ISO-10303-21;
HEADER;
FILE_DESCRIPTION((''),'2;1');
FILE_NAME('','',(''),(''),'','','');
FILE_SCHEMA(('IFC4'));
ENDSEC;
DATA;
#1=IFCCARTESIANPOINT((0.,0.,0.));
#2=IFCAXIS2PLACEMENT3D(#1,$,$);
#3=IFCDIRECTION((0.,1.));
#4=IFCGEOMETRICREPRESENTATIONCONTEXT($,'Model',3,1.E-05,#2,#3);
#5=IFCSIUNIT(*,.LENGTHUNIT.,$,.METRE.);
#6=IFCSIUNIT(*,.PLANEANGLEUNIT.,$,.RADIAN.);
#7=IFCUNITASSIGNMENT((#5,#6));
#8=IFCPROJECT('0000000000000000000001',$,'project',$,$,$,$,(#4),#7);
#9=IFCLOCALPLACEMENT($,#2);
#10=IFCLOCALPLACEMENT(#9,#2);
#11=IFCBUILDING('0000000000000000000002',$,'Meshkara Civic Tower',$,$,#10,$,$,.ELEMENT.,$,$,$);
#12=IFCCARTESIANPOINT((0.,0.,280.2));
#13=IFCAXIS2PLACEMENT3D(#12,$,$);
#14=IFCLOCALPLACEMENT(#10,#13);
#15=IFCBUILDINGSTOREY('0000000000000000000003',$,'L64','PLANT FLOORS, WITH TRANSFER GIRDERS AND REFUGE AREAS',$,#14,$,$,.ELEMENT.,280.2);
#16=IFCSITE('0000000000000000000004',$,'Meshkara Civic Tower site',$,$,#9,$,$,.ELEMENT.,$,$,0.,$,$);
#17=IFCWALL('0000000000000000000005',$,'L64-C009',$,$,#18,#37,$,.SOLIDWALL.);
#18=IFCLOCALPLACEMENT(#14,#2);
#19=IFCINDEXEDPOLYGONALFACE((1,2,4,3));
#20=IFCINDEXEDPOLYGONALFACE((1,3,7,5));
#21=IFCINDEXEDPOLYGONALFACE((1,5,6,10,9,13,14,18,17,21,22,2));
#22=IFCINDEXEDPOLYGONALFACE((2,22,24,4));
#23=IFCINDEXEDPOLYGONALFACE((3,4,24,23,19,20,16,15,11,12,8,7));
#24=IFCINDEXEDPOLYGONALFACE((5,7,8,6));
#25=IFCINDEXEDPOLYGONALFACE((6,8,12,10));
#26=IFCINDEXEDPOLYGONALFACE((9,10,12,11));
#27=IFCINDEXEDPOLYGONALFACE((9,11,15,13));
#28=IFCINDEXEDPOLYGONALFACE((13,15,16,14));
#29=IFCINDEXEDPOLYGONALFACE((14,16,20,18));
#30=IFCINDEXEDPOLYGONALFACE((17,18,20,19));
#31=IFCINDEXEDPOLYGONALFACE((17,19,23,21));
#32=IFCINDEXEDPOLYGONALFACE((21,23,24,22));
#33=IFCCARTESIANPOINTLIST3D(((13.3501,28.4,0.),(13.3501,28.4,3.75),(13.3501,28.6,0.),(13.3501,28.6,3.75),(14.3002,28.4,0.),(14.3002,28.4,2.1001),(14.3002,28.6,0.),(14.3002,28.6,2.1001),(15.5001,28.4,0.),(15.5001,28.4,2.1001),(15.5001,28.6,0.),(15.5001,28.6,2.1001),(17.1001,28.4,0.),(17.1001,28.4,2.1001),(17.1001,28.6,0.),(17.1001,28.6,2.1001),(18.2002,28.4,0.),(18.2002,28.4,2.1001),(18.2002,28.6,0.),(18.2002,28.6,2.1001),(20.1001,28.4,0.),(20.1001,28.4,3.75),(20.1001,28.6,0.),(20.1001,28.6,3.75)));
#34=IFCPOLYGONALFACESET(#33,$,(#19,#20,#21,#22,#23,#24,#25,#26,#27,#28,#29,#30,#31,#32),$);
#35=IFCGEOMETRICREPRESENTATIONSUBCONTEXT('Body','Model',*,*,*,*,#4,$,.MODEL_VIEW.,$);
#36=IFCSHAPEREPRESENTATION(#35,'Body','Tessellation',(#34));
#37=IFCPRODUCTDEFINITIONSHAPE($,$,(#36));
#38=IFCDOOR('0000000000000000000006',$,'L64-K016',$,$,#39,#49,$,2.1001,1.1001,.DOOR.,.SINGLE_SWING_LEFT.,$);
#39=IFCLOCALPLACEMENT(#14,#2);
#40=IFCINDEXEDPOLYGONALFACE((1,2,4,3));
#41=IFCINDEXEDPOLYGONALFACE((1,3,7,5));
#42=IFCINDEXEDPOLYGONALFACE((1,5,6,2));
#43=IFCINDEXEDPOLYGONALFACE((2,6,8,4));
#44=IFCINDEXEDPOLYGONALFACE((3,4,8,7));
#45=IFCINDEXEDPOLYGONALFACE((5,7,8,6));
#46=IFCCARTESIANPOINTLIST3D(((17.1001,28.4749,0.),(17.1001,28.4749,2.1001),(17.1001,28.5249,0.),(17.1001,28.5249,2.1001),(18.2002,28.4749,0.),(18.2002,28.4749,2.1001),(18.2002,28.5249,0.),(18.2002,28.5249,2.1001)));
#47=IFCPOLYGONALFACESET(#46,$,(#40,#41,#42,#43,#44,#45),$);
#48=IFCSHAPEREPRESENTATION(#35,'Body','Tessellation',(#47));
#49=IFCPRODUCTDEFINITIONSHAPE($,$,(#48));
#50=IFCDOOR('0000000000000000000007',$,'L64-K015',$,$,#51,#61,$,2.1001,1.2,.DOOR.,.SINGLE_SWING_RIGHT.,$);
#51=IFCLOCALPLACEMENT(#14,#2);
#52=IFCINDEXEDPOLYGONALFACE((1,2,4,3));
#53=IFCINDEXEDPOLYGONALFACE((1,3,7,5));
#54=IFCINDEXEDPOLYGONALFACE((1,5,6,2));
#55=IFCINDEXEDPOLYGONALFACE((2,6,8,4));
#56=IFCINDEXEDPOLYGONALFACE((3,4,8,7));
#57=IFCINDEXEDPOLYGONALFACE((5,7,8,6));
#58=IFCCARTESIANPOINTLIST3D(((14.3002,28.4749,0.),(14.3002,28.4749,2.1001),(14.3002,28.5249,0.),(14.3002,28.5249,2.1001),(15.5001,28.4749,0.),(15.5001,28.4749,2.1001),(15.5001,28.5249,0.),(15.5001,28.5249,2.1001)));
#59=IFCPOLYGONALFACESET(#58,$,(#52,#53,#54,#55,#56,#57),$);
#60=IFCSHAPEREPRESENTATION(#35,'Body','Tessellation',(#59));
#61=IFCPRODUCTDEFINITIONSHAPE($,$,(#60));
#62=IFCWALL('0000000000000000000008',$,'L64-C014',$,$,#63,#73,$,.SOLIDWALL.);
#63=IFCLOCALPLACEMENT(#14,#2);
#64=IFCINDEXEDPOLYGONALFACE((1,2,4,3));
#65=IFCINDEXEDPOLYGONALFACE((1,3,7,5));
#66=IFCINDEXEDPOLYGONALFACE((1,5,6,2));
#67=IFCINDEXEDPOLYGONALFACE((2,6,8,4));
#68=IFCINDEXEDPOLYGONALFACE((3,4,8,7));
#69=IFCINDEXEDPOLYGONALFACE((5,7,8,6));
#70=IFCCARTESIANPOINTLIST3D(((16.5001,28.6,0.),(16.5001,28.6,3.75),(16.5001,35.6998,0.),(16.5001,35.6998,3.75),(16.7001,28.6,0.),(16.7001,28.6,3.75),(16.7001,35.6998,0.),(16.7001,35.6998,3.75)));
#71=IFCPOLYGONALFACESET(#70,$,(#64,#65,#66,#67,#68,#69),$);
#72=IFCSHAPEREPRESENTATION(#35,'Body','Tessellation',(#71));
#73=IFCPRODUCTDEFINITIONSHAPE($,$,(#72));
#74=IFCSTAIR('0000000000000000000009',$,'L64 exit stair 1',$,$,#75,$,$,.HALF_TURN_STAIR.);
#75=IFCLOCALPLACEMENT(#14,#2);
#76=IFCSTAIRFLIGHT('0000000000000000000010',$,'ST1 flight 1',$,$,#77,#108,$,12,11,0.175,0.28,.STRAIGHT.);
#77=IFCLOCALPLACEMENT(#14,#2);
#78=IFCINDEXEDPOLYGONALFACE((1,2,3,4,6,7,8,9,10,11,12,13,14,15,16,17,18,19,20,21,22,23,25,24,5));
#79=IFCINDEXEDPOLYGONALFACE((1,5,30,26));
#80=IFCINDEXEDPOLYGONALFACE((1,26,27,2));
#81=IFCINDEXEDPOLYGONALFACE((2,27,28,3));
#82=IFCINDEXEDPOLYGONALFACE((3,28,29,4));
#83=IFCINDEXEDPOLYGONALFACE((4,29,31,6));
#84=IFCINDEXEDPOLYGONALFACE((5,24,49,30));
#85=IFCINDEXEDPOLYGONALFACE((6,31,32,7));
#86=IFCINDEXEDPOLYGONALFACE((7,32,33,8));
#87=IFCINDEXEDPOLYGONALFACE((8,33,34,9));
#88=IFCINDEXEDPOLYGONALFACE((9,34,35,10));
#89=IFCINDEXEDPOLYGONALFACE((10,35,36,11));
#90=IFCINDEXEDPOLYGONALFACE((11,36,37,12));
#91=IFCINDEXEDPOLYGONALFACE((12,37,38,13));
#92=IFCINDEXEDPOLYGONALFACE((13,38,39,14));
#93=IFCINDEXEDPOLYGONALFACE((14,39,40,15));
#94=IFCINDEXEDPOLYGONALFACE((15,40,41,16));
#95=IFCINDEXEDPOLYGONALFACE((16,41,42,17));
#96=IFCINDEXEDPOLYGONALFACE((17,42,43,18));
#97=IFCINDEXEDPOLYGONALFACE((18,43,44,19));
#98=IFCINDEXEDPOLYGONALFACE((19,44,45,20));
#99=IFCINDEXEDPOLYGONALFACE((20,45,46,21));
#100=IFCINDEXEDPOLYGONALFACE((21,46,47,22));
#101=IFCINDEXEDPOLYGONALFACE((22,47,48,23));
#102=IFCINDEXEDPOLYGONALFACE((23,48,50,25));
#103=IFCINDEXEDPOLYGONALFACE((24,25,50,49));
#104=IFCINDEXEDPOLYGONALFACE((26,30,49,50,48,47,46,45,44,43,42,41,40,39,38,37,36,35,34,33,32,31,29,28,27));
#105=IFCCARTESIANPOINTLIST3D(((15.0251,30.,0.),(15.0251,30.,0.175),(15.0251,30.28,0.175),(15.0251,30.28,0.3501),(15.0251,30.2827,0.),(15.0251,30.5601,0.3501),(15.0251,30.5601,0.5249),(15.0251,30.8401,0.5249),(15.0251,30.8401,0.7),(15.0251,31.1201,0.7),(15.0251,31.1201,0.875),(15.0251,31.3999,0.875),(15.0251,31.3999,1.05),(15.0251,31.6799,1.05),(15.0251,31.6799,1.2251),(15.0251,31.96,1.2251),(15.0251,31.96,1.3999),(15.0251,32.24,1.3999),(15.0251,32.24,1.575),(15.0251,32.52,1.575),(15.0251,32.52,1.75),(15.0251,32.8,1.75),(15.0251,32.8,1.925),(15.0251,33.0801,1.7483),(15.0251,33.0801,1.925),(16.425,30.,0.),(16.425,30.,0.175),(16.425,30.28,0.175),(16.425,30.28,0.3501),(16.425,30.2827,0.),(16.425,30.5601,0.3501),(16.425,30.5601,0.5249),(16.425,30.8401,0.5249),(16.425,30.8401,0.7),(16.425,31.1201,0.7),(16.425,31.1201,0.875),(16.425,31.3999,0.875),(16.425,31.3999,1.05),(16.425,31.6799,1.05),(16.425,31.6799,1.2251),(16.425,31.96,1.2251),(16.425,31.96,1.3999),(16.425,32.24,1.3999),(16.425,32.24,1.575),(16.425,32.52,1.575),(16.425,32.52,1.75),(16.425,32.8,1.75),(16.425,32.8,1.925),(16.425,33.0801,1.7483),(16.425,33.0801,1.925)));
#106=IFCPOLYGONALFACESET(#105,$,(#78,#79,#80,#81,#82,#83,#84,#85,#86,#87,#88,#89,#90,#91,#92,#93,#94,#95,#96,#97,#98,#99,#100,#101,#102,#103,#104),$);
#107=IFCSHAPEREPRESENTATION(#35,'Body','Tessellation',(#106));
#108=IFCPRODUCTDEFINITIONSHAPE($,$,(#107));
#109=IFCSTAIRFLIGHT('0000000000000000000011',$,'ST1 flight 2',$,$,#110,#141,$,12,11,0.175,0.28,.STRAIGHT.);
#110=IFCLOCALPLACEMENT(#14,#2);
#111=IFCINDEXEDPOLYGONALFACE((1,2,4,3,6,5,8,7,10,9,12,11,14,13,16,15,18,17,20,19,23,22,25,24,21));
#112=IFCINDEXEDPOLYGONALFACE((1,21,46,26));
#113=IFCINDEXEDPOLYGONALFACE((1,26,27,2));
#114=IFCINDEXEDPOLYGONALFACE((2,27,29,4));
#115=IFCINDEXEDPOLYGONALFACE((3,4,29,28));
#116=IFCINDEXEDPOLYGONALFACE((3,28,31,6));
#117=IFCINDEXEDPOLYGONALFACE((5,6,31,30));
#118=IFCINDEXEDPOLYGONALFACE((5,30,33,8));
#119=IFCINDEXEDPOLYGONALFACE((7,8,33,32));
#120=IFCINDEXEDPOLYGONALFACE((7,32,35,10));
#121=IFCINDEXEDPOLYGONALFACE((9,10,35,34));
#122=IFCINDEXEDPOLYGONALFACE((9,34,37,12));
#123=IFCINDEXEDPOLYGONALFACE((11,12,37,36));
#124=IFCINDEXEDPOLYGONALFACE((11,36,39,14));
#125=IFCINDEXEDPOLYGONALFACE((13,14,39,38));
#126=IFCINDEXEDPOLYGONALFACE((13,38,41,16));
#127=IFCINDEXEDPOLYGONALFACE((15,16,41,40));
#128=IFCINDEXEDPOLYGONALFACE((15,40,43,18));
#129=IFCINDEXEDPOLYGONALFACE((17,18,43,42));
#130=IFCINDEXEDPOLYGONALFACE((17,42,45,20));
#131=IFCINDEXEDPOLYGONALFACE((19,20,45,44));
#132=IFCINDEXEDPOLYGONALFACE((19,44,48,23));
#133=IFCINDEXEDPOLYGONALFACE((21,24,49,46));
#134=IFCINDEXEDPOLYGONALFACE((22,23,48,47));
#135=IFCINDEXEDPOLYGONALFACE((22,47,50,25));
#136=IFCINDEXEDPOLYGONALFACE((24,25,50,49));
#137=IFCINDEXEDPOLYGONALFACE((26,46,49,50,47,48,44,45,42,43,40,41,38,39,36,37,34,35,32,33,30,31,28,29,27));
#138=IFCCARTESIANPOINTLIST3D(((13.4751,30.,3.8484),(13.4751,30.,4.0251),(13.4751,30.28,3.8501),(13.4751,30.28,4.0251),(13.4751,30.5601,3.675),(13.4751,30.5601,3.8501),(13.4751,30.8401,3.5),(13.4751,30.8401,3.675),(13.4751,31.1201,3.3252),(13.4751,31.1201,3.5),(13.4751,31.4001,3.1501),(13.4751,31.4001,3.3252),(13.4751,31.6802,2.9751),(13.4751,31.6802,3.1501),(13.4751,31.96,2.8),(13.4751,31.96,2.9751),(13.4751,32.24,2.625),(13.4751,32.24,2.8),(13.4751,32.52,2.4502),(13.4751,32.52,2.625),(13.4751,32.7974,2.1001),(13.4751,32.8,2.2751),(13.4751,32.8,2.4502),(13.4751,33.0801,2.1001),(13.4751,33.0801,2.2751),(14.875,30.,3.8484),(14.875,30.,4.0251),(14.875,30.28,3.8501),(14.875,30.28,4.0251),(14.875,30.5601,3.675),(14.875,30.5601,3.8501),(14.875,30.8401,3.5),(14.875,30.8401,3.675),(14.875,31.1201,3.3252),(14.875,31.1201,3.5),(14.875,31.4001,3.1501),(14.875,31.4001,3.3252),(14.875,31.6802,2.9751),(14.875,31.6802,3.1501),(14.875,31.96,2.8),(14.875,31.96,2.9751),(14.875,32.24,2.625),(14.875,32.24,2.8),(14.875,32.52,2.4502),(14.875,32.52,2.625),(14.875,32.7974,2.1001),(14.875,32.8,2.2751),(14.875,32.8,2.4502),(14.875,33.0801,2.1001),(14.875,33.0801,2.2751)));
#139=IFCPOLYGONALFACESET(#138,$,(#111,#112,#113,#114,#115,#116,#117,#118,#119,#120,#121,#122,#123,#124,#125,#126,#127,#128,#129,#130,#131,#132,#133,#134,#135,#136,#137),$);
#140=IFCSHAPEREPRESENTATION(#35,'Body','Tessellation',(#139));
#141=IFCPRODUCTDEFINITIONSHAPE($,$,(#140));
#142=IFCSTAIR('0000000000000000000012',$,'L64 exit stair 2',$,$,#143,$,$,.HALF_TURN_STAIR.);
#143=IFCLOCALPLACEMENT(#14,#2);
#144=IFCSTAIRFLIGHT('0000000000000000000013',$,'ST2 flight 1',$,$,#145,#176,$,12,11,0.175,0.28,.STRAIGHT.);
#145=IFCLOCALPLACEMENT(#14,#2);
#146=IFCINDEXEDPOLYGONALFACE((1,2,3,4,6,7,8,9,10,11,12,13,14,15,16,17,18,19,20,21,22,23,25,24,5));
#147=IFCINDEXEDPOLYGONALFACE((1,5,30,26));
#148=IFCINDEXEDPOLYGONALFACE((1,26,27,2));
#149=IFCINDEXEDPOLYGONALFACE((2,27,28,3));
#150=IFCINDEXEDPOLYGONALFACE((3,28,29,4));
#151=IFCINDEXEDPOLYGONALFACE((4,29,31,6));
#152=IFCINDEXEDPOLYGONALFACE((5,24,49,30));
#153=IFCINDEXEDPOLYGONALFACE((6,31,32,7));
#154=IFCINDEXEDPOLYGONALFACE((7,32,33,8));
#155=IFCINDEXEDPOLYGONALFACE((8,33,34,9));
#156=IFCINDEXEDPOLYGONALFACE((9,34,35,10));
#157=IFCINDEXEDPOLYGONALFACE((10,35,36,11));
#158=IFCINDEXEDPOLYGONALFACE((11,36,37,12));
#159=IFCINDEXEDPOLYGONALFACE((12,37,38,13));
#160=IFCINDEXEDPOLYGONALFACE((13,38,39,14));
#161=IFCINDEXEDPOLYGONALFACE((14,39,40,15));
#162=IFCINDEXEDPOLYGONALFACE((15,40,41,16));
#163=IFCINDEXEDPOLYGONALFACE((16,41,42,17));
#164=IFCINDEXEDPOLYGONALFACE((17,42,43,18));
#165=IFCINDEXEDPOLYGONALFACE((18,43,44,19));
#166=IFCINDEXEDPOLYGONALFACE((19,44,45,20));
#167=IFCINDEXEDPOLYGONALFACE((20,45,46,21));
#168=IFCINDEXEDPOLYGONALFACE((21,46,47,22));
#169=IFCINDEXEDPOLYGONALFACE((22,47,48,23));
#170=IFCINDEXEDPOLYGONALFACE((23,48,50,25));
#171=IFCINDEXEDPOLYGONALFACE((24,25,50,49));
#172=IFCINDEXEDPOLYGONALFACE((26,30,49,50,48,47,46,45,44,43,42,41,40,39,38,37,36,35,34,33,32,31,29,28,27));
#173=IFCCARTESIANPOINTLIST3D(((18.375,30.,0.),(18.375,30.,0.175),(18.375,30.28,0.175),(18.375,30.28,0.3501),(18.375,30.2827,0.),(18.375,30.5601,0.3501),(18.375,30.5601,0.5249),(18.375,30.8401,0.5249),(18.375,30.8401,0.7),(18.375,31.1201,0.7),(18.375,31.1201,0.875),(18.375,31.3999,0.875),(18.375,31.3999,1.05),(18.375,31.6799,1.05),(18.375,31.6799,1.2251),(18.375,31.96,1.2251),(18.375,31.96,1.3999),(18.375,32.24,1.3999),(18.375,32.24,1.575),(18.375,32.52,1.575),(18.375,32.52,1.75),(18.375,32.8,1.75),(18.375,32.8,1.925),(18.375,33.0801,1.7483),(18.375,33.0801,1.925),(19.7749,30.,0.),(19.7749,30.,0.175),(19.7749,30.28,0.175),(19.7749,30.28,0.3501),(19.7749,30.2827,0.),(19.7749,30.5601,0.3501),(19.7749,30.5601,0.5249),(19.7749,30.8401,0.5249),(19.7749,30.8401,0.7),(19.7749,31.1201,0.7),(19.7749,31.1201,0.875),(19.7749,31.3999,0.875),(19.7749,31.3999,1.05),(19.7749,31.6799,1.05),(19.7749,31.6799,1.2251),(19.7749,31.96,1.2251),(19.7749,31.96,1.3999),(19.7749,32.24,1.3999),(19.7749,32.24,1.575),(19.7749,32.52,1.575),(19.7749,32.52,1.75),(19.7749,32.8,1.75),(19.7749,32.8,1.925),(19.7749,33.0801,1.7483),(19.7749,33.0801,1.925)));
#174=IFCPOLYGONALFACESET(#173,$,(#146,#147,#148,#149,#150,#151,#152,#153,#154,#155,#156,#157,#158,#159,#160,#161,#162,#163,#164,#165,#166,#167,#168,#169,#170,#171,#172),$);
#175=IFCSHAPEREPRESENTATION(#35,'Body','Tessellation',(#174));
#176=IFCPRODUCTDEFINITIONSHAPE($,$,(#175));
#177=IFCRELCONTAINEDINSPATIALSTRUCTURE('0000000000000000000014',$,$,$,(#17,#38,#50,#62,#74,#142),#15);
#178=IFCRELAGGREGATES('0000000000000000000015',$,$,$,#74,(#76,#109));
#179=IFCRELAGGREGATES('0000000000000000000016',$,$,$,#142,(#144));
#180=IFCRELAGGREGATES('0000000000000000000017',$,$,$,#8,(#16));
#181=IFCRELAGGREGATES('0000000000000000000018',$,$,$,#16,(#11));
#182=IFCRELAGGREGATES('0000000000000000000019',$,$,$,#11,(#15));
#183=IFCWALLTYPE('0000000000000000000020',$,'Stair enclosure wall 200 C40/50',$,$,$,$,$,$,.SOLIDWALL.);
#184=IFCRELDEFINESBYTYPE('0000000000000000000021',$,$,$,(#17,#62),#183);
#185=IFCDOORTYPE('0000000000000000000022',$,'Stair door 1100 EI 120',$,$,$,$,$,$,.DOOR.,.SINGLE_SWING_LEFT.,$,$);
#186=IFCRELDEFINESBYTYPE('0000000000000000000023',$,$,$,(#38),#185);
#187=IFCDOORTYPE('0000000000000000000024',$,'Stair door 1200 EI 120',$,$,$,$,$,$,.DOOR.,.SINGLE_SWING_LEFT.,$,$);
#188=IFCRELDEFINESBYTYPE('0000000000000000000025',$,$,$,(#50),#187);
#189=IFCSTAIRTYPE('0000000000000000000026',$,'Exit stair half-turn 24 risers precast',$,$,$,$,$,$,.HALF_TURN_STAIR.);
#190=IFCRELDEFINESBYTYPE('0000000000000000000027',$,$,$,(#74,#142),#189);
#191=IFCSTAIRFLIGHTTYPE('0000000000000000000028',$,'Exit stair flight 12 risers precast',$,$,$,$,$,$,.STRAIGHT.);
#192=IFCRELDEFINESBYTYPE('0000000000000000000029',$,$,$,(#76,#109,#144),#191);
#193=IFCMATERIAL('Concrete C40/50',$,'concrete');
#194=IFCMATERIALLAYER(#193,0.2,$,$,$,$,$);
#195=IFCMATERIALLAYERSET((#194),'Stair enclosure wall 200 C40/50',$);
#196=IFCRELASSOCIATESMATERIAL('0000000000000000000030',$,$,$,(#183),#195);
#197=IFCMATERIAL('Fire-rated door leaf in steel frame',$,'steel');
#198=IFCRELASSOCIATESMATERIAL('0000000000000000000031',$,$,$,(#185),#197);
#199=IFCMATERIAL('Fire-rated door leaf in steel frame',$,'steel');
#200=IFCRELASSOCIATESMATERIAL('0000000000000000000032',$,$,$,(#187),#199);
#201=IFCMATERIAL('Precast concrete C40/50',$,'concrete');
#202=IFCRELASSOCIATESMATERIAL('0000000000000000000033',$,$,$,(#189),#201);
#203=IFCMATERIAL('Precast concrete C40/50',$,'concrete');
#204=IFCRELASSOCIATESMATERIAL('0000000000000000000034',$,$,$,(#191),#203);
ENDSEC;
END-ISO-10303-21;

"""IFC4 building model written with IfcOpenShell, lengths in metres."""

from ifc_helpers import new_model, si_unit, direction, frame, frame_2d, origin, place, context, subcontext, project, spatial, polyline, rectangle, outline, extrude, material, layer, layer_set, type_object, element, fill, aggregate, save


model = new_model("IFC4")

# Units and contexts
model_context = context("Model", 3, precision=1e-05, world=origin(), true_north=direction((0.0, 1.0)))
body_context = subcontext(model_context, "Body", "Model", "MODEL_VIEW")
ifc_project = project(units=[si_unit("LENGTHUNIT", "METRE"), si_unit("PLANEANGLEUNIT", "RADIAN")], contexts=[model_context])

# Site, building, storey
site_placement = place(None, origin())
site = spatial("IfcSite", under=ifc_project, at=site_placement, Name="Meshkara Civic Tower site", CompositionType="ELEMENT", RefElevation=0.0)
building_placement = place(site_placement, origin())
building = spatial("IfcBuilding", under=site, at=building_placement, Name="Meshkara Civic Tower", CompositionType="ELEMENT")
storey_placement = place(building_placement, frame((0.0, 0.0, 280.2)))
storey = spatial("IfcBuildingStorey", under=building, at=storey_placement, Name="L64", Description="PLANT FLOORS, WITH TRANSFER GIRDERS AND REFUGE AREAS", CompositionType="ELEMENT", Elevation=280.2)

# Wall, openings, doors
ifc_material_1 = material(Name="Concrete C40/50", Category="concrete")
ifc_layer_1 = layer(ifc_material_1, 0.2)
ifc_layer_set_1 = layer_set([ifc_layer_1], Name="Stair enclosure wall 200 C40/50")
wall_type_1 = type_object("IfcWallType", Name="Stair enclosure wall 200 C40/50", PredefinedType="SOLIDWALL", material=ifc_layer_set_1)
wall_1_placement = place(storey_placement, frame((13.3501, 28.5, 0.0), z_axis=(0.0, 0.0, 1.0), x_axis=(1.0, 0.0, 0.0)))
wall_1 = element("IfcWall", 1, at=wall_1_placement, inside=storey, type_object=wall_type_1, Name="L64-C009", PredefinedType="SOLIDWALL", context=body_context, shape_type="SweptSolid", body=[
    extrude(rectangle(XDim=6.75, YDim=0.2, at=frame_2d((3.375, 0.0))), origin(), (0.0, 0.0, 1.0), 3.75),
])
opening_1_placement = place(wall_1_placement, frame((0.95, 0.0, 0.0)))
opening_1 = element("IfcOpeningElement", 2, at=opening_1_placement, cuts=wall_1, PredefinedType="OPENING", context=body_context, shape_type="SweptSolid", body=[
    extrude(rectangle(XDim=1.2, YDim=2.1001, at=frame_2d((0.6001, 1.05))), frame((0.0, 0.1099, 0.0), z_axis=(0.0, -1.0, 0.0), x_axis=(1.0, 0.0, 0.0)), (0.0, 0.0, 1.0), 0.22),
])
opening_2_placement = place(wall_1_placement, frame((3.75, 0.0, 0.0)))
opening_2 = element("IfcOpeningElement", 3, at=opening_2_placement, cuts=wall_1, PredefinedType="OPENING", context=body_context, shape_type="SweptSolid", body=[
    extrude(rectangle(XDim=1.1001, YDim=2.1001, at=frame_2d((0.55, 1.05))), frame((0.0, 0.1099, 0.0), z_axis=(0.0, -1.0, 0.0), x_axis=(1.0, 0.0, 0.0)), (0.0, 0.0, 1.0), 0.22),
])
ifc_material_2 = material(Name="Fire-rated door leaf in steel frame", Category="steel")
door_type_1 = type_object("IfcDoorType", Name="Stair door 1100 EI 120", OperationType="SINGLE_SWING_LEFT", PredefinedType="DOOR", material=ifc_material_2)
door_1_placement = place(opening_2_placement, origin())
door_1 = element("IfcDoor", 4, at=door_1_placement, inside=storey, type_object=door_type_1, Name="L64-K016", OperationType="SINGLE_SWING_LEFT", OverallHeight=2.1001, OverallWidth=1.1001, PredefinedType="DOOR", context=body_context, shape_type="SweptSolid", body=[
    extrude(rectangle(XDim=1.1001, YDim=2.1001, at=frame_2d((0.55, 1.05))), frame((0.0, 0.0249, 0.0), z_axis=(0.0, -1.0, 0.0), x_axis=(1.0, 0.0, 0.0)), (0.0, 0.0, 1.0), 0.05),
])
fill(opening_2, door_1)
ifc_material_3 = material(Name="Fire-rated door leaf in steel frame", Category="steel")
door_type_2 = type_object("IfcDoorType", Name="Stair door 1200 EI 120", OperationType="SINGLE_SWING_LEFT", PredefinedType="DOOR", material=ifc_material_3)
door_2_placement = place(opening_1_placement, origin())
door_2 = element("IfcDoor", 5, at=door_2_placement, inside=storey, type_object=door_type_2, Name="L64-K015", OperationType="SINGLE_SWING_RIGHT", OverallHeight=2.1001, OverallWidth=1.2, PredefinedType="DOOR", context=body_context, shape_type="SweptSolid", body=[
    extrude(rectangle(XDim=1.2, YDim=2.1001, at=frame_2d((0.6001, 1.05))), frame((0.0, 0.0249, 0.0), z_axis=(0.0, -1.0, 0.0), x_axis=(1.0, 0.0, 0.0)), (0.0, 0.0, 1.0), 0.05),
])
fill(opening_1, door_2)

# Wall
wall_2_placement = place(storey_placement, frame((16.6001, 28.6001, 0.0), z_axis=(0.0, 0.0, 1.0), x_axis=(0.0, 1.0, 0.0)))
element("IfcWall", 6, at=wall_2_placement, inside=storey, type_object=wall_type_1, Name="L64-C014", PredefinedType="SOLIDWALL", context=body_context, shape_type="SweptSolid", body=[
    extrude(rectangle(XDim=7.0999, YDim=0.2, at=frame_2d((3.5498, 0.0))), origin(), (0.0, 0.0, 1.0), 3.75),
])

# Stairs, stair flights
ifc_material_4 = material(Name="Precast concrete C40/50", Category="concrete")
stair_type = type_object("IfcStairType", Name="Exit stair half-turn 24 risers precast", PredefinedType="HALF_TURN_STAIR", material=ifc_material_4)
stair_1_placement = place(storey_placement, origin())
stair_1 = element("IfcStair", 7, at=stair_1_placement, inside=storey, type_object=stair_type, Name="L64 exit stair 1", PredefinedType="HALF_TURN_STAIR")
ifc_material_5 = material(Name="Precast concrete C40/50", Category="concrete")
stair_flight_type = type_object("IfcStairFlightType", Name="Exit stair flight 12 risers precast", PredefinedType="STRAIGHT", material=ifc_material_5)
stair_flight_1_placement = place(storey_placement, frame((15.7251, 30.0, 0.0), z_axis=(0.0, 0.0, 1.0), x_axis=(0.0, 1.0, 0.0)))
stair_flight_1 = element("IfcStairFlight", 8, at=stair_flight_1_placement, type_object=stair_flight_type, Name="ST1 flight 1", NumberOfRisers=12, NumberOfTreads=11, PredefinedType="STRAIGHT", RiserHeight=0.175, TreadLength=0.28, context=body_context, shape_type="SweptSolid", body=[
    extrude(outline(polyline([(0.0, 0.0), (0.0, 0.175), (0.28, 0.175), (0.28, 0.3501), (0.5601, 0.3501), (0.5601, 0.5249), (0.8401, 0.5249), (0.8401, 0.7), (1.1201, 0.7), (1.1201, 0.875), (1.3999, 0.875), (1.3999, 1.05), (1.6799, 1.05), (1.6799, 1.2251), (1.96, 1.2251), (1.96, 1.3999), (2.24, 1.3999), (2.24, 1.575), (2.52, 1.575), (2.52, 1.75), (2.8, 1.75), (2.8, 1.925), (3.0801, 1.925), (3.0801, 2.1001), (3.0801, 1.7483), (0.2827, 0.0), (0.0, 0.0)])), frame((0.0, 0.7, 0.0), z_axis=(0.0, -1.0, 0.0), x_axis=(1.0, 0.0, 0.0)), (0.0, 0.0, 1.0), 1.3999),
])
stair_flight_2_placement = place(storey_placement, frame((14.175, 33.0801, 2.1001), z_axis=(0.0, 0.0, 1.0), x_axis=(0.0, -1.0, 0.0)))
stair_flight_2 = element("IfcStairFlight", 9, at=stair_flight_2_placement, type_object=stair_flight_type, Name="ST1 flight 2", NumberOfRisers=12, NumberOfTreads=11, PredefinedType="STRAIGHT", RiserHeight=0.175, TreadLength=0.28, context=body_context, shape_type="SweptSolid", body=[
    extrude(outline(polyline([(0.0, 0.0), (0.0, 0.175), (0.28, 0.175), (0.28, 0.3501), (0.5601, 0.3501), (0.5601, 0.5249), (0.8401, 0.5249), (0.8401, 0.7), (1.1201, 0.7), (1.1201, 0.875), (1.3999, 0.875), (1.3999, 1.05), (1.6799, 1.05), (1.6799, 1.2251), (1.96, 1.2251), (1.96, 1.3999), (2.24, 1.3999), (2.24, 1.575), (2.52, 1.575), (2.52, 1.75), (2.8, 1.75), (2.8, 1.925), (3.0801, 1.925), (3.0801, 2.1001), (3.0801, 1.7483), (0.2827, 0.0), (0.0, 0.0)])), frame((0.0, 0.7, 0.0), z_axis=(0.0, -1.0, 0.0), x_axis=(1.0, 0.0, 0.0)), (0.0, 0.0, 1.0), 1.3999),
])
aggregate(stair_1, [stair_flight_1, stair_flight_2])
stair_2_placement = place(storey_placement, origin())
stair_2 = element("IfcStair", 10, at=stair_2_placement, inside=storey, type_object=stair_type, Name="L64 exit stair 2", PredefinedType="HALF_TURN_STAIR")
stair_flight_3_placement = place(storey_placement, frame((19.075, 30.0, 0.0), z_axis=(0.0, 0.0, 1.0), x_axis=(0.0, 1.0, 0.0)))
stair_flight_3 = element("IfcStairFlight", 11, at=stair_flight_3_placement, type_object=stair_flight_type, Name="ST2 flight 1", NumberOfRisers=12, NumberOfTreads=11, PredefinedType="STRAIGHT", RiserHeight=0.175, TreadLength=0.28, context=body_context, shape_type="SweptSolid", body=[
    extrude(outline(polyline([(0.0, 0.0), (0.0, 0.175), (0.28, 0.175), (0.28, 0.3501), (0.5601, 0.3501), (0.5601, 0.5249), (0.8401, 0.5249), (0.8401, 0.7), (1.1201, 0.7), (1.1201, 0.875), (1.3999, 0.875), (1.3999, 1.05), (1.6799, 1.05), (1.6799, 1.2251), (1.96, 1.2251), (1.96, 1.3999), (2.24, 1.3999), (2.24, 1.575), (2.52, 1.575), (2.52, 1.75), (2.8, 1.75), (2.8, 1.925), (3.0801, 1.925), (3.0801, 2.1001), (3.0801, 1.7483), (0.2827, 0.0), (0.0, 0.0)])), frame((0.0, 0.7, 0.0), z_axis=(0.0, -1.0, 0.0), x_axis=(1.0, 0.0, 0.0)), (0.0, 0.0, 1.0), 1.3999),
])
aggregate(stair_2, [stair_flight_3])

save(model, "model.ifc")
